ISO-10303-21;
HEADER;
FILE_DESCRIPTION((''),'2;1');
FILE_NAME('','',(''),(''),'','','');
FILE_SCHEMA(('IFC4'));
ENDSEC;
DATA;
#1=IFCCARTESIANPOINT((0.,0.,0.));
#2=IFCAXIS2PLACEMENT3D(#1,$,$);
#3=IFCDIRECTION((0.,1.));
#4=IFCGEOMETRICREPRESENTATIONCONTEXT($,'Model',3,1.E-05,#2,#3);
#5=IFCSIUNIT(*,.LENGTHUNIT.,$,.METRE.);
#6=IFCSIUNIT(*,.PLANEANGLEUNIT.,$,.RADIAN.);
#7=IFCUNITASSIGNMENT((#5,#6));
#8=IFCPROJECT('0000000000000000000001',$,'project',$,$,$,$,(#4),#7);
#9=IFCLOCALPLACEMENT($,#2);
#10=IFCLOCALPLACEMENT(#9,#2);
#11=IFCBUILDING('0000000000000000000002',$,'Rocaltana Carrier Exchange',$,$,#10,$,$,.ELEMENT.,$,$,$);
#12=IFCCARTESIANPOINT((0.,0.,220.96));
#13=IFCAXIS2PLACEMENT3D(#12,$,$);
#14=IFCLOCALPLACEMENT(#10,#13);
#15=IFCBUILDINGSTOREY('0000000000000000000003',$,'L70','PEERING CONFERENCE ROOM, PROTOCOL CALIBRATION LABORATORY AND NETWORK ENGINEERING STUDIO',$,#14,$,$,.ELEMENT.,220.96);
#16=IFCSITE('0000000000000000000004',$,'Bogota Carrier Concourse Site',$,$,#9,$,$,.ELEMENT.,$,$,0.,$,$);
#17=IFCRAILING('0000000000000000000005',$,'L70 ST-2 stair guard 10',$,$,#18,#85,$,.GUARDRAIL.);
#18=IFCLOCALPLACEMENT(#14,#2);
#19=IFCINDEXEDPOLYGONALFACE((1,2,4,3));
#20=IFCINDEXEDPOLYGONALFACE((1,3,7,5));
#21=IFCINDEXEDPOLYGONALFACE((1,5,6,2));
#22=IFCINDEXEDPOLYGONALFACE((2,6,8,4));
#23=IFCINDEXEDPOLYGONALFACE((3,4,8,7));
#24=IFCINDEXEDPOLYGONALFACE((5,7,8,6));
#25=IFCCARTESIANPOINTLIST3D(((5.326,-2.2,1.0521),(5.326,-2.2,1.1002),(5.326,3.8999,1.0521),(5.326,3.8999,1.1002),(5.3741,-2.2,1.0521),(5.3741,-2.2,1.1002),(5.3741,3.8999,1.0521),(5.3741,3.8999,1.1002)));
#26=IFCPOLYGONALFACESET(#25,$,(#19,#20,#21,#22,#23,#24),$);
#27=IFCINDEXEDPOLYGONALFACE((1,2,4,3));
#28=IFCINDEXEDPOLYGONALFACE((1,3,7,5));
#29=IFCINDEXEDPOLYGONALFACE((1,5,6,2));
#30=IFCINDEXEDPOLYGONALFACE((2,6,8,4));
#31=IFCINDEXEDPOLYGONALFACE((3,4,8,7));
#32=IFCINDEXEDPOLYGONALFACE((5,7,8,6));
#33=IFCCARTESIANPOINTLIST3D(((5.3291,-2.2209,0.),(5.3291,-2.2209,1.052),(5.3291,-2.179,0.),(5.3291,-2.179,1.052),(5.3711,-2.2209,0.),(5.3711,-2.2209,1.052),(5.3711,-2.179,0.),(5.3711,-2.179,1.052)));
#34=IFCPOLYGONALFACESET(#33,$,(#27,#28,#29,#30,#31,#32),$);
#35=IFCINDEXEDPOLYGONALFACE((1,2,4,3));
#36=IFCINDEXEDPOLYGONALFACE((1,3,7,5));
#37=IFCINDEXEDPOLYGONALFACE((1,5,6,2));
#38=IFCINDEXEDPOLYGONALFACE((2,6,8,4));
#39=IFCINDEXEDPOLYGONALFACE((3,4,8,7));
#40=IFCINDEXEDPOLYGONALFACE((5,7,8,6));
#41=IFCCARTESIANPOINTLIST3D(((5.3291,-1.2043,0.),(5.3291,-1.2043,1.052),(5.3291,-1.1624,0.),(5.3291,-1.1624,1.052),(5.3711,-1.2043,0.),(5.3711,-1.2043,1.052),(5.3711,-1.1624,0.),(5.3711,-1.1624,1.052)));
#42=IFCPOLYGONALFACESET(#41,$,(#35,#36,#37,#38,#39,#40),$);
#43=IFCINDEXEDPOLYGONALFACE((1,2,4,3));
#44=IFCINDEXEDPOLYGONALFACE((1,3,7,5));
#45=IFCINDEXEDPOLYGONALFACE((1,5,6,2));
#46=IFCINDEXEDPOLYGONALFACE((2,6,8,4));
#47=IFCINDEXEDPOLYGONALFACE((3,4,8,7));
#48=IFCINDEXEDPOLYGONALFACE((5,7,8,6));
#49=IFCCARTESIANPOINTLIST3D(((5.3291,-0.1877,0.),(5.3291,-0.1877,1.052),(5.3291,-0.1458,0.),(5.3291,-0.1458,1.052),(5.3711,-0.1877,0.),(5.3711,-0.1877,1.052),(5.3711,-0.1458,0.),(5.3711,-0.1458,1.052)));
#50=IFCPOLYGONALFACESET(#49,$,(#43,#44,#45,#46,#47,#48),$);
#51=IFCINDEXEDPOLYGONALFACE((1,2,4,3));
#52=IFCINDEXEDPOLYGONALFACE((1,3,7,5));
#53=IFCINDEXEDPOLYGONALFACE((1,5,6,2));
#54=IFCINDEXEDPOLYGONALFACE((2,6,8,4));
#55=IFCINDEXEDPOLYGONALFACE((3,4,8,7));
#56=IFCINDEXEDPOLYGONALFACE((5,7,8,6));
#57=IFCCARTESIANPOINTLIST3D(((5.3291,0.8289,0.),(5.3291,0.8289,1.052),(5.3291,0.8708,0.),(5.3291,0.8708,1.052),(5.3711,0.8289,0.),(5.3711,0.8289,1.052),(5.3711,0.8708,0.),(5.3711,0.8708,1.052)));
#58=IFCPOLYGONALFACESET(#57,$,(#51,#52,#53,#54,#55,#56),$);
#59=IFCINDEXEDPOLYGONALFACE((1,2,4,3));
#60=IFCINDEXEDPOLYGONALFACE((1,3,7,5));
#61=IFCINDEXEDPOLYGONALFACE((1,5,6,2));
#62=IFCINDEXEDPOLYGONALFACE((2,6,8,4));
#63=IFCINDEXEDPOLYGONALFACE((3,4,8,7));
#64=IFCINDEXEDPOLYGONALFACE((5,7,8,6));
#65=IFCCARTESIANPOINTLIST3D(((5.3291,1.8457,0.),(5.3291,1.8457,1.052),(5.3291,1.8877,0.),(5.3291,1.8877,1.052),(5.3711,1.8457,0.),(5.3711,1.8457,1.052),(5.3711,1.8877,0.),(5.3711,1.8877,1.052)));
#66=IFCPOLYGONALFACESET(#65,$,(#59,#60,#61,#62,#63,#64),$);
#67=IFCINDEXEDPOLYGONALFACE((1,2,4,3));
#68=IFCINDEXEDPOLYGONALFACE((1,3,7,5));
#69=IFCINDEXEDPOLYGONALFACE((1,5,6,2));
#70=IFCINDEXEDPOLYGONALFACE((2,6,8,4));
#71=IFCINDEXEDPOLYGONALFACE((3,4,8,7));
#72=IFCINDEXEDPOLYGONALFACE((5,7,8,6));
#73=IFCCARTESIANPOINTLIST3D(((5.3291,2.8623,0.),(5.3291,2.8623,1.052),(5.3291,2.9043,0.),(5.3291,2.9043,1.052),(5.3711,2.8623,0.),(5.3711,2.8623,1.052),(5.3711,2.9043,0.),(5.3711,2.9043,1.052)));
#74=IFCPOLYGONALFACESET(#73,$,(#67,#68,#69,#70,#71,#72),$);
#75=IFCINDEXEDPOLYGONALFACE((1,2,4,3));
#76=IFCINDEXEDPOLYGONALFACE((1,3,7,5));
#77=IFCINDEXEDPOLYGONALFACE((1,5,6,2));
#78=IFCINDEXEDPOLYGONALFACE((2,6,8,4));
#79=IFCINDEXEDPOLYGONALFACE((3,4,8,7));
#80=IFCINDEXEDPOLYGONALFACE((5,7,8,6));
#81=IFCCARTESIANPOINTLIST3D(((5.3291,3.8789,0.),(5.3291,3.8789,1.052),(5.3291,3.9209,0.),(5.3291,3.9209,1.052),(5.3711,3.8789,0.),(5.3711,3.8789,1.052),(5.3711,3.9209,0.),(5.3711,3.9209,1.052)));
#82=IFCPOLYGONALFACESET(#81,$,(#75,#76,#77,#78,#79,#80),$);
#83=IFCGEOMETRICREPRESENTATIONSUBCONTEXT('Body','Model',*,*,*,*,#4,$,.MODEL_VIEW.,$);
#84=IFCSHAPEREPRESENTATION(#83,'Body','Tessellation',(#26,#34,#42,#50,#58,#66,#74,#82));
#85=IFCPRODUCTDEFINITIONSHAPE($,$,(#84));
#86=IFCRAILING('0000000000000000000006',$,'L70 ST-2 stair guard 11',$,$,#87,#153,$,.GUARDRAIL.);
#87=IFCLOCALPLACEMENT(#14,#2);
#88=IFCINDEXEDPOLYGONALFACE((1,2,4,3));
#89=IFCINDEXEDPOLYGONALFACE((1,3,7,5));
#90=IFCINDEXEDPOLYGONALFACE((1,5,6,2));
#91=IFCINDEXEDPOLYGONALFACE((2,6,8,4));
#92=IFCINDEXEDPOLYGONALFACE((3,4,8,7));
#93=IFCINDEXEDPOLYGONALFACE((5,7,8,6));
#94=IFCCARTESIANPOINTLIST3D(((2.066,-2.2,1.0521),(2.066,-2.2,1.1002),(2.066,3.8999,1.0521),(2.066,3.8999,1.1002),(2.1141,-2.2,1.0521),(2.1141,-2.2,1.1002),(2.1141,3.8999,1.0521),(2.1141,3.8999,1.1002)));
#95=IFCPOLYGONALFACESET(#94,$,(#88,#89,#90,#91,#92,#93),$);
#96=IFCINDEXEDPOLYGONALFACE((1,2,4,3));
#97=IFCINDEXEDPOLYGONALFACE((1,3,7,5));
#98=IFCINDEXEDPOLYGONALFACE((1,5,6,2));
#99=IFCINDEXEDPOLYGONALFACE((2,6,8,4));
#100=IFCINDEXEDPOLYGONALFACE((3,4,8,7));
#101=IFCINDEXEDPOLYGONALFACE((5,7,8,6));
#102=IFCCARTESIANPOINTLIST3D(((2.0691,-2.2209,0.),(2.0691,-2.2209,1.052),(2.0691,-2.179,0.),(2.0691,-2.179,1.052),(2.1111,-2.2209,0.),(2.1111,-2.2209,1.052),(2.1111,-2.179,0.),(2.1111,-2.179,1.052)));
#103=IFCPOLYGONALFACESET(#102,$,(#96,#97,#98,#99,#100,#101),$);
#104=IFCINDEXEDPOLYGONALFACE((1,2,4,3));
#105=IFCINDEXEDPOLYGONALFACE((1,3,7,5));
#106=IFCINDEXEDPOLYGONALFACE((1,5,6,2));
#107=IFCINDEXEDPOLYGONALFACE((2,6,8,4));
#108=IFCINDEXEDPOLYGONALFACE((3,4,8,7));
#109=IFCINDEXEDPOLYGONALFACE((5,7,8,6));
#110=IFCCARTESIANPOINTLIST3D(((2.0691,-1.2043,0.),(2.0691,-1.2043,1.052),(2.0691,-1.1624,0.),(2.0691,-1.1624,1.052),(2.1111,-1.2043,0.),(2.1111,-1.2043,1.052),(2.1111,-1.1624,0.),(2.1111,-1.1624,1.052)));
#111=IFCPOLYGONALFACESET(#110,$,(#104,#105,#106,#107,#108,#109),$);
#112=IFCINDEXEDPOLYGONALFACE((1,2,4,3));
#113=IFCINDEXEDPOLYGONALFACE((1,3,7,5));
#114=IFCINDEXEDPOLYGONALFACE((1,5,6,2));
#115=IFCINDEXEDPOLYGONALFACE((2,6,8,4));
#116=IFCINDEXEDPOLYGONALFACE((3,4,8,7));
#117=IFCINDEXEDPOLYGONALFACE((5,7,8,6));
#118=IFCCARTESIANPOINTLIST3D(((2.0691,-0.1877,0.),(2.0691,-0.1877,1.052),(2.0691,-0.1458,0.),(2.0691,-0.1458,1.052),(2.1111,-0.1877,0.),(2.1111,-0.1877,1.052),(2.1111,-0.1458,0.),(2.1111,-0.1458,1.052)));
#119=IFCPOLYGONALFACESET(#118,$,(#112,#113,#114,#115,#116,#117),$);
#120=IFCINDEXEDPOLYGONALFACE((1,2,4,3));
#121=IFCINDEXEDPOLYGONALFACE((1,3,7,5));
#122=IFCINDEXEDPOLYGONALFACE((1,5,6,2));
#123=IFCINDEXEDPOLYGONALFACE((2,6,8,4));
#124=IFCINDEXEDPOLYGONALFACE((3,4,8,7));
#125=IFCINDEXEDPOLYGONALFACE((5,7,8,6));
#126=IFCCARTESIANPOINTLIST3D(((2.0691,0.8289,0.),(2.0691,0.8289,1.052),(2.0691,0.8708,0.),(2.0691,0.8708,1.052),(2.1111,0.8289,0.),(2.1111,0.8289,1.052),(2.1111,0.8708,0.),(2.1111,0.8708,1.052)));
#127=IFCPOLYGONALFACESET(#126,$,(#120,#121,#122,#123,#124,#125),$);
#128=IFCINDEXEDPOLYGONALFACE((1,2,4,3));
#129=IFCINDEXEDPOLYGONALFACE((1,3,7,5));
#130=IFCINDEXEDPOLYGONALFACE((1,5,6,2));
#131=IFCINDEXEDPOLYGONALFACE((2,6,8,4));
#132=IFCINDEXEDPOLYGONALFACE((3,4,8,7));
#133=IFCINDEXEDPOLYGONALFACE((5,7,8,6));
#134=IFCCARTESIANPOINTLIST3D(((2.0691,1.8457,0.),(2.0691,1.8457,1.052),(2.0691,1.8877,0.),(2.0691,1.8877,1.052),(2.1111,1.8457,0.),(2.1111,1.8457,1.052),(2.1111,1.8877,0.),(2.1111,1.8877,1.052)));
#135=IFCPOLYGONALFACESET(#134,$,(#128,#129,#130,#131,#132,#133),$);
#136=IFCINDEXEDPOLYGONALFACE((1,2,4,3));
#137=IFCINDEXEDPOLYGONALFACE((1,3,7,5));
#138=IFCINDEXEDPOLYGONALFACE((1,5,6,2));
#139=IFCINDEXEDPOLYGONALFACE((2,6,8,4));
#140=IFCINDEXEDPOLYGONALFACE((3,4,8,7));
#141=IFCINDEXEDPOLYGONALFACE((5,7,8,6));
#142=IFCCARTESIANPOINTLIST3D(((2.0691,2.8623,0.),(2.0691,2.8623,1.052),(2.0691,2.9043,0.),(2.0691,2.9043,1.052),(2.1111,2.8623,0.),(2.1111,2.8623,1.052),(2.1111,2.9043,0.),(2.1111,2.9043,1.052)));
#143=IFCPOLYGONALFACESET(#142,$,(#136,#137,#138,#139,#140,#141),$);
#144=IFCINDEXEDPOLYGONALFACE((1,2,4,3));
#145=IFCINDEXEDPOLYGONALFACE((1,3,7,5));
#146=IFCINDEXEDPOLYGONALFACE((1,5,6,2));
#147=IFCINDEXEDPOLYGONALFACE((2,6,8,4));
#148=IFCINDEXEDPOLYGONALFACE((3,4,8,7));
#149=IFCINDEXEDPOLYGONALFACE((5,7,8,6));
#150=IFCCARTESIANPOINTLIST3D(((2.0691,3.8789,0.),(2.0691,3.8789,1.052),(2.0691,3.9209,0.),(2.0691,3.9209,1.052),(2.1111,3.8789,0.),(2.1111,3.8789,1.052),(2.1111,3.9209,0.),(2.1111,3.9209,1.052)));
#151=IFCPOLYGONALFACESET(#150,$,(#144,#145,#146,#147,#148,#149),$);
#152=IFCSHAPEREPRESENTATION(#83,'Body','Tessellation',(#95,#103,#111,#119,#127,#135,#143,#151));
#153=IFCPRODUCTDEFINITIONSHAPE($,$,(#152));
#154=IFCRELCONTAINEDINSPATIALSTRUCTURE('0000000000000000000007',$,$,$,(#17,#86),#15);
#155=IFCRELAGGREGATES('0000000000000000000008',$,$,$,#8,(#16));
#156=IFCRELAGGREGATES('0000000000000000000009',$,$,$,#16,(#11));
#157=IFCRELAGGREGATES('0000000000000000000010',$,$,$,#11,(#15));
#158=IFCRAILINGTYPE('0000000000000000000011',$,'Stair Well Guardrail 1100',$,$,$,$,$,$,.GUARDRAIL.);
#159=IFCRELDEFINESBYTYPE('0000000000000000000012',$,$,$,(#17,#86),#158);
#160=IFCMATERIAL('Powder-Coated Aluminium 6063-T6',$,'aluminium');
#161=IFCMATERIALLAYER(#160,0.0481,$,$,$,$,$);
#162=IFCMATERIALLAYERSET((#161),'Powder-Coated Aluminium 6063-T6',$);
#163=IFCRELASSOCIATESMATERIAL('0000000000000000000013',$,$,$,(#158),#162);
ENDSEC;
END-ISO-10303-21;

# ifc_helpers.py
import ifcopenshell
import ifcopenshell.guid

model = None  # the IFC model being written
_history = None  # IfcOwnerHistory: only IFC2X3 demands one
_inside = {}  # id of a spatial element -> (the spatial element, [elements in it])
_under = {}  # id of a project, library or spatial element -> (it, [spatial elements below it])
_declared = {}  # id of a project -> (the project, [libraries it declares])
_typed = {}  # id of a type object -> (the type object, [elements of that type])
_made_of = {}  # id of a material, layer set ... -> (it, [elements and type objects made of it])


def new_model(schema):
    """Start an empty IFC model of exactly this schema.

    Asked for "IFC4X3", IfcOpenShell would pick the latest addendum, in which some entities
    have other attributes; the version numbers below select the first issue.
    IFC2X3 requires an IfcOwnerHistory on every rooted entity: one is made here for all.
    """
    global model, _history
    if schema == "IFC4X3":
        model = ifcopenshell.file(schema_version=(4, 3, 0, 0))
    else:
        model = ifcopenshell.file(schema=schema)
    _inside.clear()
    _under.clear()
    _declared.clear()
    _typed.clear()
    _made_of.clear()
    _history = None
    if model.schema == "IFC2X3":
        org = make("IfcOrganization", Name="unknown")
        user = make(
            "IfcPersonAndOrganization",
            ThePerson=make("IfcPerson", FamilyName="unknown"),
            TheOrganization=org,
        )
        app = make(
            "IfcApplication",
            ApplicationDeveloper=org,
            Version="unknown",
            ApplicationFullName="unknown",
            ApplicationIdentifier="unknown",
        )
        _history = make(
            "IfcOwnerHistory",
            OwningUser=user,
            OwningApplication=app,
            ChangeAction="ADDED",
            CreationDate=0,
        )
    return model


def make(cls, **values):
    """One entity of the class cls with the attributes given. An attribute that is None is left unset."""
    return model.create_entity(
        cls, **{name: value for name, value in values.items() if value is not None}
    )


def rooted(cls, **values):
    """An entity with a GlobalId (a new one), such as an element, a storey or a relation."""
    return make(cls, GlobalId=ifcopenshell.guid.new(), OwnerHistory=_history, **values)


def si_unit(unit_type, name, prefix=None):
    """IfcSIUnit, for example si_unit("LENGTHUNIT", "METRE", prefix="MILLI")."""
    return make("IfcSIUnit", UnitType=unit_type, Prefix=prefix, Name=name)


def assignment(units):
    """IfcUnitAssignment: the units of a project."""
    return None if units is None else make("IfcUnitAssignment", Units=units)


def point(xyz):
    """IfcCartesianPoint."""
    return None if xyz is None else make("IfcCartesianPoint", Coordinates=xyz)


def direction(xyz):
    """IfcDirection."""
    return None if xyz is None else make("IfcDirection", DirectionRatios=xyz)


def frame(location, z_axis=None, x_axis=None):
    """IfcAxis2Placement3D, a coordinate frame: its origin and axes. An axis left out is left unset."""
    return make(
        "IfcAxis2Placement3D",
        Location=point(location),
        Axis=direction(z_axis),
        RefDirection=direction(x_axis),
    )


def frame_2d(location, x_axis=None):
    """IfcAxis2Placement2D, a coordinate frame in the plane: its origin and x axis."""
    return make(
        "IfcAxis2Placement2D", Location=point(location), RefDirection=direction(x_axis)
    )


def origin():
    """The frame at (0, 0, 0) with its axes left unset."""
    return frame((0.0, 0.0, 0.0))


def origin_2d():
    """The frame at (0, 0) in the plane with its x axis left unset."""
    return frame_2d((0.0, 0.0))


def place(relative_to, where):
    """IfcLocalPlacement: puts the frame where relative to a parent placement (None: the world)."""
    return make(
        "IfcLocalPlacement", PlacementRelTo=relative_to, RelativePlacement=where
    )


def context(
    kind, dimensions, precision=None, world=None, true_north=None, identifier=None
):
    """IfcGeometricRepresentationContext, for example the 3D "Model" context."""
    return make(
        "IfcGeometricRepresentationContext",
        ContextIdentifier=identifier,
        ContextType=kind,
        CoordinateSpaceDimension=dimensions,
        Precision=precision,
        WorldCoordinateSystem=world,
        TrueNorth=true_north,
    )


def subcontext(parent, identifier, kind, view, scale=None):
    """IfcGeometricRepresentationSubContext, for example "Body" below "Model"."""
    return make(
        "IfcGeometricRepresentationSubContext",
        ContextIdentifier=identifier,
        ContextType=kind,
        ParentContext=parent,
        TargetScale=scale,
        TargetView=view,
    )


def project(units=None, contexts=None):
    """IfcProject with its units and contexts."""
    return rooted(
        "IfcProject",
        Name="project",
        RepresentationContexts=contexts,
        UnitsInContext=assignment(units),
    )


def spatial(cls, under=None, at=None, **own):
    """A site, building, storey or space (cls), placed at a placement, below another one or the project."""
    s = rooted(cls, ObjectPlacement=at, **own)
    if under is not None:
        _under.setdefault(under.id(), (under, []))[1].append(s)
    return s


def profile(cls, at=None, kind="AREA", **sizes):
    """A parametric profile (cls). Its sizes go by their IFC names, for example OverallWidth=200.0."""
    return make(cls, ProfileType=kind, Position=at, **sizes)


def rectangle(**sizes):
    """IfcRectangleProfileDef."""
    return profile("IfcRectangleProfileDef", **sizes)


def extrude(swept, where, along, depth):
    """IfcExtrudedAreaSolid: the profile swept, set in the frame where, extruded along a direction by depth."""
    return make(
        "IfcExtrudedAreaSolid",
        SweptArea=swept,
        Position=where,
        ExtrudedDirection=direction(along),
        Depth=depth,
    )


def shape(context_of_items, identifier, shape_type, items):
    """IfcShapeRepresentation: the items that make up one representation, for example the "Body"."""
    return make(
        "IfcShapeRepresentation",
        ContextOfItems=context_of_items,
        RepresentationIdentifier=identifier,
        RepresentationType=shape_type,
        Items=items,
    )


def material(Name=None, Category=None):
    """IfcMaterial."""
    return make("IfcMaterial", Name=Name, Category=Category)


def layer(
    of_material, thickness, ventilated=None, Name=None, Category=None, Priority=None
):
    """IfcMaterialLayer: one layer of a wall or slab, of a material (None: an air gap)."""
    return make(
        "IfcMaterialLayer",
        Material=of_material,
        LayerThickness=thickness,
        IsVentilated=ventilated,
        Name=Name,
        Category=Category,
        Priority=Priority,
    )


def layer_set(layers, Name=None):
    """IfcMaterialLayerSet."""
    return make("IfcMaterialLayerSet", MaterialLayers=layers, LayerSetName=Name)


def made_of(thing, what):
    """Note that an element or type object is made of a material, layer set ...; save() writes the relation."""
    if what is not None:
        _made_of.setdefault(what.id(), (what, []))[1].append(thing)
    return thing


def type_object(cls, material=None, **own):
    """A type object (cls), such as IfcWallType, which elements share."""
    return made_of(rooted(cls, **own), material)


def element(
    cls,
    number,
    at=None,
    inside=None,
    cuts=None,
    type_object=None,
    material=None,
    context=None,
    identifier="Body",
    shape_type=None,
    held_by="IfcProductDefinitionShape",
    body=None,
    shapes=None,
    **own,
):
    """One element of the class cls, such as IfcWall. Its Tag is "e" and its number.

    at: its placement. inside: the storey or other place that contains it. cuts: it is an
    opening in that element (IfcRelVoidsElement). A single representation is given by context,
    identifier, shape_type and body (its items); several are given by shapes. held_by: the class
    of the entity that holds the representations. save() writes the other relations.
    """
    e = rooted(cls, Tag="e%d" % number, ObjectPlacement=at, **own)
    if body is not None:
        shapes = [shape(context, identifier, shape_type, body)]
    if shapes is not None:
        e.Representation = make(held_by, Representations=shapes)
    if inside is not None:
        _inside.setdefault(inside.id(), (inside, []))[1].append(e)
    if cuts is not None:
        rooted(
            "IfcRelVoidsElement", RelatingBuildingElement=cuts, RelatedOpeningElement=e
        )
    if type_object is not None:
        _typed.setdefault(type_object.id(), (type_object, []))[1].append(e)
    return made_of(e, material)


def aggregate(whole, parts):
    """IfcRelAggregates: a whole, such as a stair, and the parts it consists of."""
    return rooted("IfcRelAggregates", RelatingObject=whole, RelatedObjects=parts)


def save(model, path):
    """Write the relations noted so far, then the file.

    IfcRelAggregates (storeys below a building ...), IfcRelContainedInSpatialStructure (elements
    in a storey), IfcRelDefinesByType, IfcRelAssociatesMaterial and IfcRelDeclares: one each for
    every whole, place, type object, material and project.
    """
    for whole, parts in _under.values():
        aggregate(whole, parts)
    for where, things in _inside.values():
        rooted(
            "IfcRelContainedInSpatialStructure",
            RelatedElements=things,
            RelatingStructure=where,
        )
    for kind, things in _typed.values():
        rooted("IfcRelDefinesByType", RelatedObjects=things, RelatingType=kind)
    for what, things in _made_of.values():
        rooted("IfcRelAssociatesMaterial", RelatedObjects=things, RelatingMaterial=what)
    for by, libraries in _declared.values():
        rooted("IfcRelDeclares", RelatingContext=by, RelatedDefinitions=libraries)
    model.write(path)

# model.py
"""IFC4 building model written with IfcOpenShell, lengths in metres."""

from ifc_helpers import new_model, si_unit, direction, frame, origin, origin_2d, place, context, subcontext, project, spatial, rectangle, extrude, material, layer, layer_set, type_object, element, save


model = new_model("IFC4")

# Units and contexts
model_context = context("Model", 3, precision=1e-05, world=origin(), true_north=direction((0.0, 1.0)))
body_context = subcontext(model_context, "Body", "Model", "MODEL_VIEW")
ifc_project = project(units=[si_unit("LENGTHUNIT", "METRE"), si_unit("PLANEANGLEUNIT", "RADIAN")], contexts=[model_context])

# Site, building, storey
site_placement = place(None, origin())
site = spatial("IfcSite", under=ifc_project, at=site_placement, Name="Bogota Carrier Concourse Site", CompositionType="ELEMENT", RefElevation=0.0)
building_placement = place(site_placement, origin())
building = spatial("IfcBuilding", under=site, at=building_placement, Name="Rocaltana Carrier Exchange", CompositionType="ELEMENT")
storey_placement = place(building_placement, frame((0.0, 0.0, 220.96)))
storey = spatial("IfcBuildingStorey", under=building, at=storey_placement, Name="L70", Description="PEERING CONFERENCE ROOM, PROTOCOL CALIBRATION LABORATORY AND NETWORK ENGINEERING STUDIO", CompositionType="ELEMENT", Elevation=220.96)

# Railings
ifc_material_1 = material(Name="Powder-Coated Aluminium 6063-T6", Category="aluminium")
ifc_layer_1 = layer(ifc_material_1, 0.0481)
ifc_layer_set_1 = layer_set([ifc_layer_1], Name="Powder-Coated Aluminium 6063-T6")
railing_type_1 = type_object("IfcRailingType", Name="Stair Well Guardrail 1100", PredefinedType="GUARDRAIL", material=ifc_layer_set_1)
for number, where, name in (
    (1, (5.3501, -2.2, 0.0), "L70 ST-2 stair guard 10"),
    (2, (2.0901, -2.2, 0.0), "L70 ST-2 stair guard 11"),
):
    element("IfcRailing", number, at=place(storey_placement, frame(where)), inside=storey, type_object=railing_type_1, Name=name, PredefinedType="GUARDRAIL", context=body_context, shape_type="SweptSolid", body=[
        extrude(rectangle(XDim=0.0481, YDim=0.0481, at=origin_2d()), frame((0.0, 0.0, 1.0762), z_axis=(0.0, 1.0, 0.0), x_axis=(-1.0, 0.0, 0.0)), (0.0, 0.0, 1.0), 6.0999),
        extrude(rectangle(XDim=0.042, YDim=0.042, at=origin_2d()), origin(), (0.0, 0.0, 1.0), 1.052),
        extrude(rectangle(XDim=0.042, YDim=0.042, at=origin_2d()), frame((0.0, 1.0166, 0.0)), (0.0, 0.0, 1.0), 1.052),
        extrude(rectangle(XDim=0.042, YDim=0.042, at=origin_2d()), frame((0.0, 2.0332, 0.0)), (0.0, 0.0, 1.0), 1.052),
        extrude(rectangle(XDim=0.042, YDim=0.042, at=origin_2d()), frame((0.0, 3.0498, 0.0)), (0.0, 0.0, 1.0), 1.052),
        extrude(rectangle(XDim=0.042, YDim=0.042, at=origin_2d()), frame((0.0, 4.0667, 0.0)), (0.0, 0.0, 1.0), 1.052),
        extrude(rectangle(XDim=0.042, YDim=0.042, at=origin_2d()), frame((0.0, 5.0833, 0.0)), (0.0, 0.0, 1.0), 1.052),
        extrude(rectangle(XDim=0.042, YDim=0.042, at=origin_2d()), frame((0.0, 6.0999, 0.0)), (0.0, 0.0, 1.0), 1.052),
    ])

save(model, "model.ifc")
